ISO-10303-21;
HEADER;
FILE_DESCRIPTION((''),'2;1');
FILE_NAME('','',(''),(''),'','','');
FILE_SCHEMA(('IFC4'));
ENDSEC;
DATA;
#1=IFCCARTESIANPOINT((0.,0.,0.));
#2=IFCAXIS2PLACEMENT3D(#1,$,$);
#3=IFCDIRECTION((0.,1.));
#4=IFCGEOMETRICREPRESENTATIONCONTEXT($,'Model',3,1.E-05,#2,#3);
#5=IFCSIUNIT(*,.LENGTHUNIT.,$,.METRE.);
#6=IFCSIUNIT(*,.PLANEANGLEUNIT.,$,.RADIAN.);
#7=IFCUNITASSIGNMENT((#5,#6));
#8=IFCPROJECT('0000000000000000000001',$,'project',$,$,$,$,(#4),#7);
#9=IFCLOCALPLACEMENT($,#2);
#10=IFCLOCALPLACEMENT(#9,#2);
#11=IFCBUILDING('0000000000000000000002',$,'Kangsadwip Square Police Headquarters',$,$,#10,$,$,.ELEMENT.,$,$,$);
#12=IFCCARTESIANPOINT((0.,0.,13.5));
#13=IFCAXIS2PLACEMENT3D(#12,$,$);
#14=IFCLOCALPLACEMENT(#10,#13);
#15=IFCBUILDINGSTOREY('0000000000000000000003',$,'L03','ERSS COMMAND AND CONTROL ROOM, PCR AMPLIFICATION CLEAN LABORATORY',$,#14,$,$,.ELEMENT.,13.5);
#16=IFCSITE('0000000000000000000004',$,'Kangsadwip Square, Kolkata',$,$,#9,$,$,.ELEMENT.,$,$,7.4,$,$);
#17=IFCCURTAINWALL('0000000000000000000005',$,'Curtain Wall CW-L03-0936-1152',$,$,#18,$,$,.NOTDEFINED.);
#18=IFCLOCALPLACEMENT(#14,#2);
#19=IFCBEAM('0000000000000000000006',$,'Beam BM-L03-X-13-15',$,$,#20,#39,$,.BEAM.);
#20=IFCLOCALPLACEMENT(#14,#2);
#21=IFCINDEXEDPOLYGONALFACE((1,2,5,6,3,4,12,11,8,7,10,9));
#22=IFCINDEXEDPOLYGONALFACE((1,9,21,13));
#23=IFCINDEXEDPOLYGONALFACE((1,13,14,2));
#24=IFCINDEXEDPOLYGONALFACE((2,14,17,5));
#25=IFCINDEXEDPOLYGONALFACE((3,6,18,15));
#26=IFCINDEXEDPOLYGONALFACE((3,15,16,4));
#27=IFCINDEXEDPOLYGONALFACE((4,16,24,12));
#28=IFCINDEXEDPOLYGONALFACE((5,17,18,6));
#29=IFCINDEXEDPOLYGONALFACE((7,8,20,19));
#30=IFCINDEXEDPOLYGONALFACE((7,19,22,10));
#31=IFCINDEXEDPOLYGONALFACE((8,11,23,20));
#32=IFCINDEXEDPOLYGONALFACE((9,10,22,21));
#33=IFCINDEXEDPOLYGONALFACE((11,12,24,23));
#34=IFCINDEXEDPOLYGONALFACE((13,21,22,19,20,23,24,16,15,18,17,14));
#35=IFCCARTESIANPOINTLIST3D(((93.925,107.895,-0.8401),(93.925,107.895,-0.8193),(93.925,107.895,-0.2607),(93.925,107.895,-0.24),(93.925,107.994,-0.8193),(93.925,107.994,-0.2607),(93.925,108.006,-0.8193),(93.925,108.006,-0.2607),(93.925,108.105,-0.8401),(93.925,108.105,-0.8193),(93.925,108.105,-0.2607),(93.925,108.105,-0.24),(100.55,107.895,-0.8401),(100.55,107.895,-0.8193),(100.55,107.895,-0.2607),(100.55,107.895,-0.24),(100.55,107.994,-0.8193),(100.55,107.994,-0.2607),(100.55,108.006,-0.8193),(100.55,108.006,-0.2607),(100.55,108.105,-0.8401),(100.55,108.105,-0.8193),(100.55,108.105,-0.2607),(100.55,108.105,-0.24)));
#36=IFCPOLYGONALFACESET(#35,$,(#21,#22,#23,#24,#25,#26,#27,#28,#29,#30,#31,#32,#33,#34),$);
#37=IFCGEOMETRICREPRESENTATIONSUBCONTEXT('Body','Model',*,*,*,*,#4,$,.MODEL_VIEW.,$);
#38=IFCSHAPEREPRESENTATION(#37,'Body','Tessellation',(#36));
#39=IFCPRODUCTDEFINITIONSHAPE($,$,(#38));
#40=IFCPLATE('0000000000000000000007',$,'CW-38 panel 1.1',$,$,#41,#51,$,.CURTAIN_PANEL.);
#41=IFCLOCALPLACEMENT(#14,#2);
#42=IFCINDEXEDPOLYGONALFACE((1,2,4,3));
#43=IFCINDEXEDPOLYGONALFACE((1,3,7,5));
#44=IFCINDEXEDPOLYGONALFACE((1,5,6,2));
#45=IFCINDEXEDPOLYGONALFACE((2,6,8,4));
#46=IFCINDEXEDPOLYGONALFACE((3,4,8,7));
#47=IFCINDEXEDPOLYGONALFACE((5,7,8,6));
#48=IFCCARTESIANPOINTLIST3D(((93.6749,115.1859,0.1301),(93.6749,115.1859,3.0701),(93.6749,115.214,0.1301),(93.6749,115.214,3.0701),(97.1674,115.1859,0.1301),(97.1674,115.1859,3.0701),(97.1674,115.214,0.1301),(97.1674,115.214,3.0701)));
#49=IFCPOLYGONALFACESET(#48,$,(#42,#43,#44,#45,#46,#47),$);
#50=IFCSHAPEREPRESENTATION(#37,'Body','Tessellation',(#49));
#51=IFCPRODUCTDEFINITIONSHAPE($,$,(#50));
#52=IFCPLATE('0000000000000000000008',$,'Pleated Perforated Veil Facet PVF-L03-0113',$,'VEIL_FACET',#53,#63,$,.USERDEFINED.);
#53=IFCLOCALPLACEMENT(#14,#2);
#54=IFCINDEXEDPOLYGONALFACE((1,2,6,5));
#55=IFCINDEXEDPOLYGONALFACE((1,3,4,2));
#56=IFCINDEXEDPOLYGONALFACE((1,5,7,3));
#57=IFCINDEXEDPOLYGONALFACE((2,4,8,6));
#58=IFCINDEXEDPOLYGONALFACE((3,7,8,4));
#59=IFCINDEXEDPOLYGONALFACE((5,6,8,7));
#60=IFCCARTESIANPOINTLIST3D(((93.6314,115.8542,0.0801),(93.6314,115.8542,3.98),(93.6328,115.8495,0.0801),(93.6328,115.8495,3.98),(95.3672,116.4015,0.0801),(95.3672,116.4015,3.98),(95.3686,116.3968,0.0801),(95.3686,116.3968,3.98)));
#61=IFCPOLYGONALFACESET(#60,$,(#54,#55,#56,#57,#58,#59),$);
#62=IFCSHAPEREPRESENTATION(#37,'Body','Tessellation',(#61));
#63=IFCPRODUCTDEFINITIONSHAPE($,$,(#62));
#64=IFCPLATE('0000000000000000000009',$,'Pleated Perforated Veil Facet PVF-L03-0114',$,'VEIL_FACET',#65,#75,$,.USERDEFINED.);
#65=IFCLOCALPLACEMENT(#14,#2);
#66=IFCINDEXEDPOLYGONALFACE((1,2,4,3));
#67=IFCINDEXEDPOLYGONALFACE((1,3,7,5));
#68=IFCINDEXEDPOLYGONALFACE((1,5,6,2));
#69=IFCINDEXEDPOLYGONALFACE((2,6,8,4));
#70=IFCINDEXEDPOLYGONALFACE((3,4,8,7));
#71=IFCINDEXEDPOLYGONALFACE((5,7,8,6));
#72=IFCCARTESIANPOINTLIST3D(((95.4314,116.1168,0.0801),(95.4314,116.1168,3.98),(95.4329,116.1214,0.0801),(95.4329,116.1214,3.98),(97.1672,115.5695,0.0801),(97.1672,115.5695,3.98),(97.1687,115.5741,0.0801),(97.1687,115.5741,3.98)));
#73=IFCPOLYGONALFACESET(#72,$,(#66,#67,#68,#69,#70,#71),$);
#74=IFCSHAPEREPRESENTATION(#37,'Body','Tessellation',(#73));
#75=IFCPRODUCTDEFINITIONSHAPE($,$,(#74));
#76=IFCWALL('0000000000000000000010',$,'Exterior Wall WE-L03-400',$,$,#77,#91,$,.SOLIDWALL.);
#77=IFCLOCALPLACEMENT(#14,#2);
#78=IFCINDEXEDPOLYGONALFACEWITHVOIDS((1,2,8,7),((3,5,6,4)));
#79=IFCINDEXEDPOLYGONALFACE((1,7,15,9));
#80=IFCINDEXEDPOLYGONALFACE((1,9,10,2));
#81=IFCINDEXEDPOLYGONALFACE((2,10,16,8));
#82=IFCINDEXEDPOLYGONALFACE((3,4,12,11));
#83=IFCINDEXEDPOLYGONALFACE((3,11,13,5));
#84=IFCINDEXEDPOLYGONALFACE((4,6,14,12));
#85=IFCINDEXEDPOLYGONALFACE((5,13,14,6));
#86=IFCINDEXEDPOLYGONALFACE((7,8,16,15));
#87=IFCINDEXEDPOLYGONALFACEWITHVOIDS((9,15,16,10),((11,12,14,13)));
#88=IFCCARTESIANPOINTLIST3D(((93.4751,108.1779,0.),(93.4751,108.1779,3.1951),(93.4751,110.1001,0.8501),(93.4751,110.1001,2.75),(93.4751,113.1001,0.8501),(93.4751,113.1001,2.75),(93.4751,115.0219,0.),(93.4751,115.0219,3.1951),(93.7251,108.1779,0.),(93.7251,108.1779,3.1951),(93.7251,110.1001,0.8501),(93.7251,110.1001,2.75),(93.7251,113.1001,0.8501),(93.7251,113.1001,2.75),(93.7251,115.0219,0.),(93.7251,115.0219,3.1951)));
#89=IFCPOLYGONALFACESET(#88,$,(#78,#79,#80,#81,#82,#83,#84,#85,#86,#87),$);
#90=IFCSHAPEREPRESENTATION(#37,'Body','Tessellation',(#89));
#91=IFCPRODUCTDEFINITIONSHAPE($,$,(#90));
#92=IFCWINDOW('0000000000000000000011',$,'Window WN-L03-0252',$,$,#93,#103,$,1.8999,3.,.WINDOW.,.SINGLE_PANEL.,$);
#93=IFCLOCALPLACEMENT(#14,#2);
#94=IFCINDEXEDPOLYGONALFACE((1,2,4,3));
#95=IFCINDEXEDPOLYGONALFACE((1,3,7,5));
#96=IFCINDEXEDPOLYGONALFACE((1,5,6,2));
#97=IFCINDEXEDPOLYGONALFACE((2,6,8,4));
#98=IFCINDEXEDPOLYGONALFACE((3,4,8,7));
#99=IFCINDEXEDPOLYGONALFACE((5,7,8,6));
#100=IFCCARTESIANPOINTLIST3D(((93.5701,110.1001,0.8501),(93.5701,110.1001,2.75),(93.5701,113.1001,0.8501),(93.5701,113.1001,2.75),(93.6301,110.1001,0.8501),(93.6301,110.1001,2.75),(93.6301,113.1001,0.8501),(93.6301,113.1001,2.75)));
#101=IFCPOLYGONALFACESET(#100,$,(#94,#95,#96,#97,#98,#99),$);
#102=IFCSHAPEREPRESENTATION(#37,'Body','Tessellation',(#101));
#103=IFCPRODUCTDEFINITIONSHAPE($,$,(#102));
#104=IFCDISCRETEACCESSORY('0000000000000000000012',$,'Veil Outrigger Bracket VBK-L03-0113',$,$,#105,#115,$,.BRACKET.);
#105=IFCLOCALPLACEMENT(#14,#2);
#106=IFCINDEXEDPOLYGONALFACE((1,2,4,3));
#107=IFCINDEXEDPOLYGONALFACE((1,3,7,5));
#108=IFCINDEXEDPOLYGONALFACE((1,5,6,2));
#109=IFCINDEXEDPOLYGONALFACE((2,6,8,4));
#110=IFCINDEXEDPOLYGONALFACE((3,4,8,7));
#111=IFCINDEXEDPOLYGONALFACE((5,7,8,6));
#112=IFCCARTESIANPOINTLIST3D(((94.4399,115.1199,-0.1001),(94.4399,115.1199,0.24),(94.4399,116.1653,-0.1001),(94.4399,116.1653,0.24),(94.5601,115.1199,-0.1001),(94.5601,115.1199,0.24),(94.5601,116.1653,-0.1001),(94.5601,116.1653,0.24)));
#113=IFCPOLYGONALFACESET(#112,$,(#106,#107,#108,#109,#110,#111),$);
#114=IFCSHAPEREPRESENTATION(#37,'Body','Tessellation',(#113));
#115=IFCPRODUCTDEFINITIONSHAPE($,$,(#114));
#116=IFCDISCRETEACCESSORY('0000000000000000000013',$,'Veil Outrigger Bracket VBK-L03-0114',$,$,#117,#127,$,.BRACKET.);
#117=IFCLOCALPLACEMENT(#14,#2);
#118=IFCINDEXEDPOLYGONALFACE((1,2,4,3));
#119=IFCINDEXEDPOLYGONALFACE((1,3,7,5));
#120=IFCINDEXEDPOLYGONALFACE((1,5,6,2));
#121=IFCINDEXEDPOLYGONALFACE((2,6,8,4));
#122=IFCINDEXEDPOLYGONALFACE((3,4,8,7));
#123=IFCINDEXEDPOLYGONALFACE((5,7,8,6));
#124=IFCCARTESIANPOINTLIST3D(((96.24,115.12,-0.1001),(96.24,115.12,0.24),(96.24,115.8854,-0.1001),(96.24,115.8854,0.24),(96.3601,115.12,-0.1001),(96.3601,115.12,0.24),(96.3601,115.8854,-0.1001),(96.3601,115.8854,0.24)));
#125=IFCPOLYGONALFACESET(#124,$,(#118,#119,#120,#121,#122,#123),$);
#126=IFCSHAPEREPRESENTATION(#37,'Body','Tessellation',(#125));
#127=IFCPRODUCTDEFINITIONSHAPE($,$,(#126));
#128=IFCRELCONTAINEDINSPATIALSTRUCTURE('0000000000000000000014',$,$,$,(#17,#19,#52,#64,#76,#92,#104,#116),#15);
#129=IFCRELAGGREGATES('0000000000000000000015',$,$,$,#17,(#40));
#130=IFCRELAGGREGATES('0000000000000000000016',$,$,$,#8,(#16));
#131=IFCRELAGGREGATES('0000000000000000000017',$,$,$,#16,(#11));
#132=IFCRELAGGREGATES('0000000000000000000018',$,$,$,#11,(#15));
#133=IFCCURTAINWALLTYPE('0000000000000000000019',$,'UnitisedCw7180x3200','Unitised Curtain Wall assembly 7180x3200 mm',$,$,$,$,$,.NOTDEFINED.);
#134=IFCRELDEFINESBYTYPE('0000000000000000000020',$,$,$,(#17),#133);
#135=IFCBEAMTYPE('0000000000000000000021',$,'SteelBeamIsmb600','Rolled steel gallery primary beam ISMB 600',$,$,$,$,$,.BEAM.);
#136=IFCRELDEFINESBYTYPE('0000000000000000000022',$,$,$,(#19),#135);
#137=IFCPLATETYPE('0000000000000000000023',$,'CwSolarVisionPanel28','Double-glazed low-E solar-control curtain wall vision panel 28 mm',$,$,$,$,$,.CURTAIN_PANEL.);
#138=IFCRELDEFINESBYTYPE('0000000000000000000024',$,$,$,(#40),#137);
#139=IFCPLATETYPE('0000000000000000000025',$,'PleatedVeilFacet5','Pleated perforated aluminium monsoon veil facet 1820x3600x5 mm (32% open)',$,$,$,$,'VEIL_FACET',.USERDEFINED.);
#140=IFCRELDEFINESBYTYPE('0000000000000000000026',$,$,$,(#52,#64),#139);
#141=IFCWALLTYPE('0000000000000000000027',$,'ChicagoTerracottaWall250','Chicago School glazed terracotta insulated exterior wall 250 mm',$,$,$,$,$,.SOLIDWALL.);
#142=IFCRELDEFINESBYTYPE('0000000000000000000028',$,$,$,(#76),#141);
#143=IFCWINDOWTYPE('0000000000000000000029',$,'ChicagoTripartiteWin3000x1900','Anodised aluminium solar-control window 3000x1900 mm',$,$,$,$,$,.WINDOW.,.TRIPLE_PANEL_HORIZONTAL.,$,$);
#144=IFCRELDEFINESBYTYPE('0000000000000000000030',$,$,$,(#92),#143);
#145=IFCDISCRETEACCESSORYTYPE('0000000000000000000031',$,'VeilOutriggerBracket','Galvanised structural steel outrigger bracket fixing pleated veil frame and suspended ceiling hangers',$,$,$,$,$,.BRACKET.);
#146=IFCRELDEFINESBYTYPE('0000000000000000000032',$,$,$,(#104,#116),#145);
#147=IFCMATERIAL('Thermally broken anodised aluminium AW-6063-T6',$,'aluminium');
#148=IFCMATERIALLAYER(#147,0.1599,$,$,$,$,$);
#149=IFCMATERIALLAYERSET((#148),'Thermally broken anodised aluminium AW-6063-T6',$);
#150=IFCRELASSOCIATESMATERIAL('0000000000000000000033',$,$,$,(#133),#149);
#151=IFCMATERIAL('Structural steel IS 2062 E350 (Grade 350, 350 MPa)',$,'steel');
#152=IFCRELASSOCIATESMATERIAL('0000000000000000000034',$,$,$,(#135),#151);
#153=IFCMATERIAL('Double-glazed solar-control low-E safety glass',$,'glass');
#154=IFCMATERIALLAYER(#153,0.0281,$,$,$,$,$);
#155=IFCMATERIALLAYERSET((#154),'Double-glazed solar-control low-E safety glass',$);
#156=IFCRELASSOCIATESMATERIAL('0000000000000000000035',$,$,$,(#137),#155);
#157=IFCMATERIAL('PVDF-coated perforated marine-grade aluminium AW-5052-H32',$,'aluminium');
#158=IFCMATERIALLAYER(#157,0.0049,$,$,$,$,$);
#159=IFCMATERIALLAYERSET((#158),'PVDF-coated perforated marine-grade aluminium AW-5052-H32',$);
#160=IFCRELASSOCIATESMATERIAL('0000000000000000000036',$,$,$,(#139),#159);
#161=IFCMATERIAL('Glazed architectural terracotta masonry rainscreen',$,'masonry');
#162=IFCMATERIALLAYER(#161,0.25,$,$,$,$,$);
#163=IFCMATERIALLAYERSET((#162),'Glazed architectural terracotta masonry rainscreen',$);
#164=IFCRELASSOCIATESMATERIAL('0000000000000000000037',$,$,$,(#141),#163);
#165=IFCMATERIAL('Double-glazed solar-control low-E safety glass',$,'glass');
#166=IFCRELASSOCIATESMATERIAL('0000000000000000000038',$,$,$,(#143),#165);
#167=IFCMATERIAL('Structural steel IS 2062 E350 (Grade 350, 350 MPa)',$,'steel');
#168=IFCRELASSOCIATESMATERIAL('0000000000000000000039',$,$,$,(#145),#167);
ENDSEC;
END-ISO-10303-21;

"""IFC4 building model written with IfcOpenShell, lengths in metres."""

from ifc_helpers import new_model, si_unit, direction, frame, frame_2d, origin, origin_2d, place, context, subcontext, project, spatial, rectangle, i_section, extrude, material, layer, layer_set, material_profile, profile_set, type_object, element, fill, aggregate, save


model = new_model("IFC4")

# Units and contexts
model_context = context("Model", 3, precision=1e-05, world=origin(), true_north=direction((0.0, 1.0)))
body_context = subcontext(model_context, "Body", "Model", "MODEL_VIEW")
ifc_project = project(units=[si_unit("LENGTHUNIT", "METRE"), si_unit("PLANEANGLEUNIT", "RADIAN")], contexts=[model_context])

# Site, building, storey
site_placement = place(None, origin())
site = spatial("IfcSite", under=ifc_project, at=site_placement, Name="Kangsadwip Square, Kolkata", CompositionType="ELEMENT", RefElevation=7.4)
building_placement = place(site_placement, origin())
building = spatial("IfcBuilding", under=site, at=building_placement, Name="Kangsadwip Square Police Headquarters", CompositionType="ELEMENT")
storey_placement = place(building_placement, frame((0.0, 0.0, 13.5)))
storey = spatial("IfcBuildingStorey", under=building, at=storey_placement, Name="L03", Description="ERSS COMMAND AND CONTROL ROOM, PCR AMPLIFICATION CLEAN LABORATORY", CompositionType="ELEMENT", Elevation=13.5)

# Curtain wall
ifc_material_1 = material(Name="Thermally broken anodised aluminium AW-6063-T6", Category="aluminium")
ifc_layer_1 = layer(ifc_material_1, 0.1599)
ifc_layer_set_1 = layer_set([ifc_layer_1], Name="Thermally broken anodised aluminium AW-6063-T6")
curtain_wall_type = type_object("IfcCurtainWallType", Name="UnitisedCw7180x3200", Description="Unitised Curtain Wall assembly 7180x3200 mm", PredefinedType="NOTDEFINED", material=ifc_layer_set_1)
curtain_wall_placement = place(storey_placement, origin())
curtain_wall = element("IfcCurtainWall", 1, at=curtain_wall_placement, inside=storey, type_object=curtain_wall_type, Name="Curtain Wall CW-L03-0936-1152", PredefinedType="NOTDEFINED")

# Beam
ifc_material_2 = material(Name="Structural steel IS 2062 E350 (Grade 350, 350 MPa)", Category="steel")
ifc_material_profile_1 = material_profile(ifc_material_2, i_section(OverallWidth=0.21, OverallDepth=0.6001, WebThickness=0.012, FlangeThickness=0.0208, at=origin_2d()), Name="ISMB 600")
ifc_profile_set_1 = profile_set([ifc_material_profile_1], Name="Structural steel IS 2062 E350 (Grade 350, 350 MPa)")
beam_type_1 = type_object("IfcBeamType", Name="SteelBeamIsmb600", Description="Rolled steel gallery primary beam ISMB 600", PredefinedType="BEAM", material=ifc_profile_set_1)
beam_placement = place(storey_placement, frame((93.925, 108.0, -0.54), z_axis=(1.0, 0.0, 0.0), x_axis=(0.0, 1.0, 0.0)))
element("IfcBeam", 2, at=beam_placement, inside=storey, type_object=beam_type_1, Name="Beam BM-L03-X-13-15", PredefinedType="BEAM", context=body_context, shape_type="SweptSolid", body=[
    extrude(i_section(OverallWidth=0.21, OverallDepth=0.6001, WebThickness=0.012, FlangeThickness=0.0208, at=origin_2d()), origin(), (0.0, 0.0, 1.0), 6.625),
])

# Plate
ifc_material_3 = material(Name="Double-glazed solar-control low-E safety glass", Category="glass")
ifc_layer_2 = layer(ifc_material_3, 0.0281)
ifc_layer_set_2 = layer_set([ifc_layer_2], Name="Double-glazed solar-control low-E safety glass")
plate_type_1 = type_object("IfcPlateType", Name="CwSolarVisionPanel28", Description="Double-glazed low-E solar-control curtain wall vision panel 28 mm", PredefinedType="CURTAIN_PANEL", material=ifc_layer_set_2)
plate_placement = place(storey_placement, frame((95.4211, 115.2, 0.1301), z_axis=(0.0, 0.0, 1.0), x_axis=(1.0, 0.0, 0.0)))
plate = element("IfcPlate", 3, at=plate_placement, type_object=plate_type_1, Name="CW-38 panel 1.1", PredefinedType="CURTAIN_PANEL", context=body_context, shape_type="SweptSolid", body=[
    extrude(rectangle(XDim=3.4924, YDim=0.0281, at=origin_2d()), origin(), (0.0, 0.0, 1.0), 2.9399),
])
aggregate(curtain_wall, [plate])

# Plates
ifc_material_4 = material(Name="PVDF-coated perforated marine-grade aluminium AW-5052-H32", Category="aluminium")
ifc_layer_3 = layer(ifc_material_4, 0.0049)
ifc_layer_set_3 = layer_set([ifc_layer_3], Name="PVDF-coated perforated marine-grade aluminium AW-5052-H32")
plate_type_2 = type_object("IfcPlateType", Name="PleatedVeilFacet5", Description="Pleated perforated aluminium monsoon veil facet 1820x3600x5 mm (32% open)", ElementType="VEIL_FACET", PredefinedType="USERDEFINED", material=ifc_layer_set_3)
for number, where, z_axis, x_axis, name in (
    (4, (94.5, 116.1255, 0.0801), (0.0, 0.0, 1.0), (0.953717, 0.300706, 0.0), "Pleated Perforated Veil Facet PVF-L03-0113"),
    (5, (96.3, 115.8455, 0.0801), (0.0, 0.0, 1.0), (0.953717, -0.300706, 0.0), "Pleated Perforated Veil Facet PVF-L03-0114"),
):
    element("IfcPlate", number, at=place(storey_placement, frame(where, z_axis=z_axis, x_axis=x_axis)), inside=storey, type_object=plate_type_2, Name=name, ObjectType="VEIL_FACET", PredefinedType="USERDEFINED", context=body_context, shape_type="SweptSolid", body=[
        extrude(rectangle(XDim=1.8201, YDim=0.0049, at=origin_2d()), origin(), (0.0, 0.0, 1.0), 3.8999),
    ])

# Wall, opening, window
ifc_material_5 = material(Name="Glazed architectural terracotta masonry rainscreen", Category="masonry")
ifc_layer_4 = layer(ifc_material_5, 0.25)
ifc_layer_set_4 = layer_set([ifc_layer_4], Name="Glazed architectural terracotta masonry rainscreen")
wall_type = type_object("IfcWallType", Name="ChicagoTerracottaWall250", Description="Chicago School glazed terracotta insulated exterior wall 250 mm", PredefinedType="SOLIDWALL", material=ifc_layer_set_4)
wall_placement = place(storey_placement, frame((93.6001, 108.178, 0.0), z_axis=(0.0, 0.0, 1.0), x_axis=(0.0, 1.0, 0.0)))
wall = element("IfcWall", 6, at=wall_placement, inside=storey, type_object=wall_type, Name="Exterior Wall WE-L03-400", PredefinedType="SOLIDWALL", context=body_context, shape_type="SweptSolid", body=[
    extrude(rectangle(XDim=6.844, YDim=0.25, at=frame_2d((3.4219, 0.0))), origin(), (0.0, 0.0, 1.0), 3.1951),
])
opening_placement = place(wall_placement, frame((1.9221, 0.0, 0.8501)))
opening = element("IfcOpeningElement", 7, at=opening_placement, cuts=wall, PredefinedType="OPENING", context=body_context, shape_type="SweptSolid", body=[
    extrude(rectangle(XDim=3.0, YDim=1.8999, at=frame_2d((1.5, 0.95))), frame((0.0, 0.135, 0.0), z_axis=(0.0, -1.0, 0.0), x_axis=(1.0, 0.0, 0.0)), (0.0, 0.0, 1.0), 0.27),
])
ifc_material_6 = material(Name="Double-glazed solar-control low-E safety glass", Category="glass")
window_type = type_object("IfcWindowType", Name="ChicagoTripartiteWin3000x1900", Description="Anodised aluminium solar-control window 3000x1900 mm", PartitioningType="TRIPLE_PANEL_HORIZONTAL", PredefinedType="WINDOW", material=ifc_material_6)
window_placement = place(opening_placement, origin())
window = element("IfcWindow", 8, at=window_placement, inside=storey, type_object=window_type, Name="Window WN-L03-0252", OverallHeight=1.8999, OverallWidth=3.0, PartitioningType="SINGLE_PANEL", PredefinedType="WINDOW", context=body_context, shape_type="SweptSolid", body=[
    extrude(rectangle(XDim=3.0, YDim=1.8999, at=frame_2d((1.5, 0.95))), frame((0.0, 0.03, 0.0), z_axis=(0.0, -1.0, 0.0), x_axis=(1.0, 0.0, 0.0)), (0.0, 0.0, 1.0), 0.0601),
])
fill(opening, window)

# Discrete accessories
ifc_material_7 = material(Name="Structural steel IS 2062 E350 (Grade 350, 350 MPa)", Category="steel")
discrete_accessory_type = type_object("IfcDiscreteAccessoryType", Name="VeilOutriggerBracket", Description="Galvanised structural steel outrigger bracket fixing pleated veil frame and suspended ceiling hangers", PredefinedType="BRACKET", material=ifc_material_7)
discrete_accessory_1_placement = place(storey_placement, frame((94.5, 115.6426, -0.1001), z_axis=(0.0, 0.0, 1.0), x_axis=(1.0, 0.0, 0.0)))
element("IfcDiscreteAccessory", 9, at=discrete_accessory_1_placement, inside=storey, type_object=discrete_accessory_type, Name="Veil Outrigger Bracket VBK-L03-0113", PredefinedType="BRACKET", context=body_context, shape_type="SweptSolid", body=[
    extrude(rectangle(XDim=0.1201, YDim=1.0454, at=origin_2d()), origin(), (0.0, 0.0, 1.0), 0.3401),
])
discrete_accessory_2_placement = place(storey_placement, frame((96.3, 115.5027, -0.1001), z_axis=(0.0, 0.0, 1.0), x_axis=(1.0, 0.0, 0.0)))
element("IfcDiscreteAccessory", 10, at=discrete_accessory_2_placement, inside=storey, type_object=discrete_accessory_type, Name="Veil Outrigger Bracket VBK-L03-0114", PredefinedType="BRACKET", context=body_context, shape_type="SweptSolid", body=[
    extrude(rectangle(XDim=0.1201, YDim=0.7654, at=origin_2d()), origin(), (0.0, 0.0, 1.0), 0.3401),
])

save(model, "model.ifc")
